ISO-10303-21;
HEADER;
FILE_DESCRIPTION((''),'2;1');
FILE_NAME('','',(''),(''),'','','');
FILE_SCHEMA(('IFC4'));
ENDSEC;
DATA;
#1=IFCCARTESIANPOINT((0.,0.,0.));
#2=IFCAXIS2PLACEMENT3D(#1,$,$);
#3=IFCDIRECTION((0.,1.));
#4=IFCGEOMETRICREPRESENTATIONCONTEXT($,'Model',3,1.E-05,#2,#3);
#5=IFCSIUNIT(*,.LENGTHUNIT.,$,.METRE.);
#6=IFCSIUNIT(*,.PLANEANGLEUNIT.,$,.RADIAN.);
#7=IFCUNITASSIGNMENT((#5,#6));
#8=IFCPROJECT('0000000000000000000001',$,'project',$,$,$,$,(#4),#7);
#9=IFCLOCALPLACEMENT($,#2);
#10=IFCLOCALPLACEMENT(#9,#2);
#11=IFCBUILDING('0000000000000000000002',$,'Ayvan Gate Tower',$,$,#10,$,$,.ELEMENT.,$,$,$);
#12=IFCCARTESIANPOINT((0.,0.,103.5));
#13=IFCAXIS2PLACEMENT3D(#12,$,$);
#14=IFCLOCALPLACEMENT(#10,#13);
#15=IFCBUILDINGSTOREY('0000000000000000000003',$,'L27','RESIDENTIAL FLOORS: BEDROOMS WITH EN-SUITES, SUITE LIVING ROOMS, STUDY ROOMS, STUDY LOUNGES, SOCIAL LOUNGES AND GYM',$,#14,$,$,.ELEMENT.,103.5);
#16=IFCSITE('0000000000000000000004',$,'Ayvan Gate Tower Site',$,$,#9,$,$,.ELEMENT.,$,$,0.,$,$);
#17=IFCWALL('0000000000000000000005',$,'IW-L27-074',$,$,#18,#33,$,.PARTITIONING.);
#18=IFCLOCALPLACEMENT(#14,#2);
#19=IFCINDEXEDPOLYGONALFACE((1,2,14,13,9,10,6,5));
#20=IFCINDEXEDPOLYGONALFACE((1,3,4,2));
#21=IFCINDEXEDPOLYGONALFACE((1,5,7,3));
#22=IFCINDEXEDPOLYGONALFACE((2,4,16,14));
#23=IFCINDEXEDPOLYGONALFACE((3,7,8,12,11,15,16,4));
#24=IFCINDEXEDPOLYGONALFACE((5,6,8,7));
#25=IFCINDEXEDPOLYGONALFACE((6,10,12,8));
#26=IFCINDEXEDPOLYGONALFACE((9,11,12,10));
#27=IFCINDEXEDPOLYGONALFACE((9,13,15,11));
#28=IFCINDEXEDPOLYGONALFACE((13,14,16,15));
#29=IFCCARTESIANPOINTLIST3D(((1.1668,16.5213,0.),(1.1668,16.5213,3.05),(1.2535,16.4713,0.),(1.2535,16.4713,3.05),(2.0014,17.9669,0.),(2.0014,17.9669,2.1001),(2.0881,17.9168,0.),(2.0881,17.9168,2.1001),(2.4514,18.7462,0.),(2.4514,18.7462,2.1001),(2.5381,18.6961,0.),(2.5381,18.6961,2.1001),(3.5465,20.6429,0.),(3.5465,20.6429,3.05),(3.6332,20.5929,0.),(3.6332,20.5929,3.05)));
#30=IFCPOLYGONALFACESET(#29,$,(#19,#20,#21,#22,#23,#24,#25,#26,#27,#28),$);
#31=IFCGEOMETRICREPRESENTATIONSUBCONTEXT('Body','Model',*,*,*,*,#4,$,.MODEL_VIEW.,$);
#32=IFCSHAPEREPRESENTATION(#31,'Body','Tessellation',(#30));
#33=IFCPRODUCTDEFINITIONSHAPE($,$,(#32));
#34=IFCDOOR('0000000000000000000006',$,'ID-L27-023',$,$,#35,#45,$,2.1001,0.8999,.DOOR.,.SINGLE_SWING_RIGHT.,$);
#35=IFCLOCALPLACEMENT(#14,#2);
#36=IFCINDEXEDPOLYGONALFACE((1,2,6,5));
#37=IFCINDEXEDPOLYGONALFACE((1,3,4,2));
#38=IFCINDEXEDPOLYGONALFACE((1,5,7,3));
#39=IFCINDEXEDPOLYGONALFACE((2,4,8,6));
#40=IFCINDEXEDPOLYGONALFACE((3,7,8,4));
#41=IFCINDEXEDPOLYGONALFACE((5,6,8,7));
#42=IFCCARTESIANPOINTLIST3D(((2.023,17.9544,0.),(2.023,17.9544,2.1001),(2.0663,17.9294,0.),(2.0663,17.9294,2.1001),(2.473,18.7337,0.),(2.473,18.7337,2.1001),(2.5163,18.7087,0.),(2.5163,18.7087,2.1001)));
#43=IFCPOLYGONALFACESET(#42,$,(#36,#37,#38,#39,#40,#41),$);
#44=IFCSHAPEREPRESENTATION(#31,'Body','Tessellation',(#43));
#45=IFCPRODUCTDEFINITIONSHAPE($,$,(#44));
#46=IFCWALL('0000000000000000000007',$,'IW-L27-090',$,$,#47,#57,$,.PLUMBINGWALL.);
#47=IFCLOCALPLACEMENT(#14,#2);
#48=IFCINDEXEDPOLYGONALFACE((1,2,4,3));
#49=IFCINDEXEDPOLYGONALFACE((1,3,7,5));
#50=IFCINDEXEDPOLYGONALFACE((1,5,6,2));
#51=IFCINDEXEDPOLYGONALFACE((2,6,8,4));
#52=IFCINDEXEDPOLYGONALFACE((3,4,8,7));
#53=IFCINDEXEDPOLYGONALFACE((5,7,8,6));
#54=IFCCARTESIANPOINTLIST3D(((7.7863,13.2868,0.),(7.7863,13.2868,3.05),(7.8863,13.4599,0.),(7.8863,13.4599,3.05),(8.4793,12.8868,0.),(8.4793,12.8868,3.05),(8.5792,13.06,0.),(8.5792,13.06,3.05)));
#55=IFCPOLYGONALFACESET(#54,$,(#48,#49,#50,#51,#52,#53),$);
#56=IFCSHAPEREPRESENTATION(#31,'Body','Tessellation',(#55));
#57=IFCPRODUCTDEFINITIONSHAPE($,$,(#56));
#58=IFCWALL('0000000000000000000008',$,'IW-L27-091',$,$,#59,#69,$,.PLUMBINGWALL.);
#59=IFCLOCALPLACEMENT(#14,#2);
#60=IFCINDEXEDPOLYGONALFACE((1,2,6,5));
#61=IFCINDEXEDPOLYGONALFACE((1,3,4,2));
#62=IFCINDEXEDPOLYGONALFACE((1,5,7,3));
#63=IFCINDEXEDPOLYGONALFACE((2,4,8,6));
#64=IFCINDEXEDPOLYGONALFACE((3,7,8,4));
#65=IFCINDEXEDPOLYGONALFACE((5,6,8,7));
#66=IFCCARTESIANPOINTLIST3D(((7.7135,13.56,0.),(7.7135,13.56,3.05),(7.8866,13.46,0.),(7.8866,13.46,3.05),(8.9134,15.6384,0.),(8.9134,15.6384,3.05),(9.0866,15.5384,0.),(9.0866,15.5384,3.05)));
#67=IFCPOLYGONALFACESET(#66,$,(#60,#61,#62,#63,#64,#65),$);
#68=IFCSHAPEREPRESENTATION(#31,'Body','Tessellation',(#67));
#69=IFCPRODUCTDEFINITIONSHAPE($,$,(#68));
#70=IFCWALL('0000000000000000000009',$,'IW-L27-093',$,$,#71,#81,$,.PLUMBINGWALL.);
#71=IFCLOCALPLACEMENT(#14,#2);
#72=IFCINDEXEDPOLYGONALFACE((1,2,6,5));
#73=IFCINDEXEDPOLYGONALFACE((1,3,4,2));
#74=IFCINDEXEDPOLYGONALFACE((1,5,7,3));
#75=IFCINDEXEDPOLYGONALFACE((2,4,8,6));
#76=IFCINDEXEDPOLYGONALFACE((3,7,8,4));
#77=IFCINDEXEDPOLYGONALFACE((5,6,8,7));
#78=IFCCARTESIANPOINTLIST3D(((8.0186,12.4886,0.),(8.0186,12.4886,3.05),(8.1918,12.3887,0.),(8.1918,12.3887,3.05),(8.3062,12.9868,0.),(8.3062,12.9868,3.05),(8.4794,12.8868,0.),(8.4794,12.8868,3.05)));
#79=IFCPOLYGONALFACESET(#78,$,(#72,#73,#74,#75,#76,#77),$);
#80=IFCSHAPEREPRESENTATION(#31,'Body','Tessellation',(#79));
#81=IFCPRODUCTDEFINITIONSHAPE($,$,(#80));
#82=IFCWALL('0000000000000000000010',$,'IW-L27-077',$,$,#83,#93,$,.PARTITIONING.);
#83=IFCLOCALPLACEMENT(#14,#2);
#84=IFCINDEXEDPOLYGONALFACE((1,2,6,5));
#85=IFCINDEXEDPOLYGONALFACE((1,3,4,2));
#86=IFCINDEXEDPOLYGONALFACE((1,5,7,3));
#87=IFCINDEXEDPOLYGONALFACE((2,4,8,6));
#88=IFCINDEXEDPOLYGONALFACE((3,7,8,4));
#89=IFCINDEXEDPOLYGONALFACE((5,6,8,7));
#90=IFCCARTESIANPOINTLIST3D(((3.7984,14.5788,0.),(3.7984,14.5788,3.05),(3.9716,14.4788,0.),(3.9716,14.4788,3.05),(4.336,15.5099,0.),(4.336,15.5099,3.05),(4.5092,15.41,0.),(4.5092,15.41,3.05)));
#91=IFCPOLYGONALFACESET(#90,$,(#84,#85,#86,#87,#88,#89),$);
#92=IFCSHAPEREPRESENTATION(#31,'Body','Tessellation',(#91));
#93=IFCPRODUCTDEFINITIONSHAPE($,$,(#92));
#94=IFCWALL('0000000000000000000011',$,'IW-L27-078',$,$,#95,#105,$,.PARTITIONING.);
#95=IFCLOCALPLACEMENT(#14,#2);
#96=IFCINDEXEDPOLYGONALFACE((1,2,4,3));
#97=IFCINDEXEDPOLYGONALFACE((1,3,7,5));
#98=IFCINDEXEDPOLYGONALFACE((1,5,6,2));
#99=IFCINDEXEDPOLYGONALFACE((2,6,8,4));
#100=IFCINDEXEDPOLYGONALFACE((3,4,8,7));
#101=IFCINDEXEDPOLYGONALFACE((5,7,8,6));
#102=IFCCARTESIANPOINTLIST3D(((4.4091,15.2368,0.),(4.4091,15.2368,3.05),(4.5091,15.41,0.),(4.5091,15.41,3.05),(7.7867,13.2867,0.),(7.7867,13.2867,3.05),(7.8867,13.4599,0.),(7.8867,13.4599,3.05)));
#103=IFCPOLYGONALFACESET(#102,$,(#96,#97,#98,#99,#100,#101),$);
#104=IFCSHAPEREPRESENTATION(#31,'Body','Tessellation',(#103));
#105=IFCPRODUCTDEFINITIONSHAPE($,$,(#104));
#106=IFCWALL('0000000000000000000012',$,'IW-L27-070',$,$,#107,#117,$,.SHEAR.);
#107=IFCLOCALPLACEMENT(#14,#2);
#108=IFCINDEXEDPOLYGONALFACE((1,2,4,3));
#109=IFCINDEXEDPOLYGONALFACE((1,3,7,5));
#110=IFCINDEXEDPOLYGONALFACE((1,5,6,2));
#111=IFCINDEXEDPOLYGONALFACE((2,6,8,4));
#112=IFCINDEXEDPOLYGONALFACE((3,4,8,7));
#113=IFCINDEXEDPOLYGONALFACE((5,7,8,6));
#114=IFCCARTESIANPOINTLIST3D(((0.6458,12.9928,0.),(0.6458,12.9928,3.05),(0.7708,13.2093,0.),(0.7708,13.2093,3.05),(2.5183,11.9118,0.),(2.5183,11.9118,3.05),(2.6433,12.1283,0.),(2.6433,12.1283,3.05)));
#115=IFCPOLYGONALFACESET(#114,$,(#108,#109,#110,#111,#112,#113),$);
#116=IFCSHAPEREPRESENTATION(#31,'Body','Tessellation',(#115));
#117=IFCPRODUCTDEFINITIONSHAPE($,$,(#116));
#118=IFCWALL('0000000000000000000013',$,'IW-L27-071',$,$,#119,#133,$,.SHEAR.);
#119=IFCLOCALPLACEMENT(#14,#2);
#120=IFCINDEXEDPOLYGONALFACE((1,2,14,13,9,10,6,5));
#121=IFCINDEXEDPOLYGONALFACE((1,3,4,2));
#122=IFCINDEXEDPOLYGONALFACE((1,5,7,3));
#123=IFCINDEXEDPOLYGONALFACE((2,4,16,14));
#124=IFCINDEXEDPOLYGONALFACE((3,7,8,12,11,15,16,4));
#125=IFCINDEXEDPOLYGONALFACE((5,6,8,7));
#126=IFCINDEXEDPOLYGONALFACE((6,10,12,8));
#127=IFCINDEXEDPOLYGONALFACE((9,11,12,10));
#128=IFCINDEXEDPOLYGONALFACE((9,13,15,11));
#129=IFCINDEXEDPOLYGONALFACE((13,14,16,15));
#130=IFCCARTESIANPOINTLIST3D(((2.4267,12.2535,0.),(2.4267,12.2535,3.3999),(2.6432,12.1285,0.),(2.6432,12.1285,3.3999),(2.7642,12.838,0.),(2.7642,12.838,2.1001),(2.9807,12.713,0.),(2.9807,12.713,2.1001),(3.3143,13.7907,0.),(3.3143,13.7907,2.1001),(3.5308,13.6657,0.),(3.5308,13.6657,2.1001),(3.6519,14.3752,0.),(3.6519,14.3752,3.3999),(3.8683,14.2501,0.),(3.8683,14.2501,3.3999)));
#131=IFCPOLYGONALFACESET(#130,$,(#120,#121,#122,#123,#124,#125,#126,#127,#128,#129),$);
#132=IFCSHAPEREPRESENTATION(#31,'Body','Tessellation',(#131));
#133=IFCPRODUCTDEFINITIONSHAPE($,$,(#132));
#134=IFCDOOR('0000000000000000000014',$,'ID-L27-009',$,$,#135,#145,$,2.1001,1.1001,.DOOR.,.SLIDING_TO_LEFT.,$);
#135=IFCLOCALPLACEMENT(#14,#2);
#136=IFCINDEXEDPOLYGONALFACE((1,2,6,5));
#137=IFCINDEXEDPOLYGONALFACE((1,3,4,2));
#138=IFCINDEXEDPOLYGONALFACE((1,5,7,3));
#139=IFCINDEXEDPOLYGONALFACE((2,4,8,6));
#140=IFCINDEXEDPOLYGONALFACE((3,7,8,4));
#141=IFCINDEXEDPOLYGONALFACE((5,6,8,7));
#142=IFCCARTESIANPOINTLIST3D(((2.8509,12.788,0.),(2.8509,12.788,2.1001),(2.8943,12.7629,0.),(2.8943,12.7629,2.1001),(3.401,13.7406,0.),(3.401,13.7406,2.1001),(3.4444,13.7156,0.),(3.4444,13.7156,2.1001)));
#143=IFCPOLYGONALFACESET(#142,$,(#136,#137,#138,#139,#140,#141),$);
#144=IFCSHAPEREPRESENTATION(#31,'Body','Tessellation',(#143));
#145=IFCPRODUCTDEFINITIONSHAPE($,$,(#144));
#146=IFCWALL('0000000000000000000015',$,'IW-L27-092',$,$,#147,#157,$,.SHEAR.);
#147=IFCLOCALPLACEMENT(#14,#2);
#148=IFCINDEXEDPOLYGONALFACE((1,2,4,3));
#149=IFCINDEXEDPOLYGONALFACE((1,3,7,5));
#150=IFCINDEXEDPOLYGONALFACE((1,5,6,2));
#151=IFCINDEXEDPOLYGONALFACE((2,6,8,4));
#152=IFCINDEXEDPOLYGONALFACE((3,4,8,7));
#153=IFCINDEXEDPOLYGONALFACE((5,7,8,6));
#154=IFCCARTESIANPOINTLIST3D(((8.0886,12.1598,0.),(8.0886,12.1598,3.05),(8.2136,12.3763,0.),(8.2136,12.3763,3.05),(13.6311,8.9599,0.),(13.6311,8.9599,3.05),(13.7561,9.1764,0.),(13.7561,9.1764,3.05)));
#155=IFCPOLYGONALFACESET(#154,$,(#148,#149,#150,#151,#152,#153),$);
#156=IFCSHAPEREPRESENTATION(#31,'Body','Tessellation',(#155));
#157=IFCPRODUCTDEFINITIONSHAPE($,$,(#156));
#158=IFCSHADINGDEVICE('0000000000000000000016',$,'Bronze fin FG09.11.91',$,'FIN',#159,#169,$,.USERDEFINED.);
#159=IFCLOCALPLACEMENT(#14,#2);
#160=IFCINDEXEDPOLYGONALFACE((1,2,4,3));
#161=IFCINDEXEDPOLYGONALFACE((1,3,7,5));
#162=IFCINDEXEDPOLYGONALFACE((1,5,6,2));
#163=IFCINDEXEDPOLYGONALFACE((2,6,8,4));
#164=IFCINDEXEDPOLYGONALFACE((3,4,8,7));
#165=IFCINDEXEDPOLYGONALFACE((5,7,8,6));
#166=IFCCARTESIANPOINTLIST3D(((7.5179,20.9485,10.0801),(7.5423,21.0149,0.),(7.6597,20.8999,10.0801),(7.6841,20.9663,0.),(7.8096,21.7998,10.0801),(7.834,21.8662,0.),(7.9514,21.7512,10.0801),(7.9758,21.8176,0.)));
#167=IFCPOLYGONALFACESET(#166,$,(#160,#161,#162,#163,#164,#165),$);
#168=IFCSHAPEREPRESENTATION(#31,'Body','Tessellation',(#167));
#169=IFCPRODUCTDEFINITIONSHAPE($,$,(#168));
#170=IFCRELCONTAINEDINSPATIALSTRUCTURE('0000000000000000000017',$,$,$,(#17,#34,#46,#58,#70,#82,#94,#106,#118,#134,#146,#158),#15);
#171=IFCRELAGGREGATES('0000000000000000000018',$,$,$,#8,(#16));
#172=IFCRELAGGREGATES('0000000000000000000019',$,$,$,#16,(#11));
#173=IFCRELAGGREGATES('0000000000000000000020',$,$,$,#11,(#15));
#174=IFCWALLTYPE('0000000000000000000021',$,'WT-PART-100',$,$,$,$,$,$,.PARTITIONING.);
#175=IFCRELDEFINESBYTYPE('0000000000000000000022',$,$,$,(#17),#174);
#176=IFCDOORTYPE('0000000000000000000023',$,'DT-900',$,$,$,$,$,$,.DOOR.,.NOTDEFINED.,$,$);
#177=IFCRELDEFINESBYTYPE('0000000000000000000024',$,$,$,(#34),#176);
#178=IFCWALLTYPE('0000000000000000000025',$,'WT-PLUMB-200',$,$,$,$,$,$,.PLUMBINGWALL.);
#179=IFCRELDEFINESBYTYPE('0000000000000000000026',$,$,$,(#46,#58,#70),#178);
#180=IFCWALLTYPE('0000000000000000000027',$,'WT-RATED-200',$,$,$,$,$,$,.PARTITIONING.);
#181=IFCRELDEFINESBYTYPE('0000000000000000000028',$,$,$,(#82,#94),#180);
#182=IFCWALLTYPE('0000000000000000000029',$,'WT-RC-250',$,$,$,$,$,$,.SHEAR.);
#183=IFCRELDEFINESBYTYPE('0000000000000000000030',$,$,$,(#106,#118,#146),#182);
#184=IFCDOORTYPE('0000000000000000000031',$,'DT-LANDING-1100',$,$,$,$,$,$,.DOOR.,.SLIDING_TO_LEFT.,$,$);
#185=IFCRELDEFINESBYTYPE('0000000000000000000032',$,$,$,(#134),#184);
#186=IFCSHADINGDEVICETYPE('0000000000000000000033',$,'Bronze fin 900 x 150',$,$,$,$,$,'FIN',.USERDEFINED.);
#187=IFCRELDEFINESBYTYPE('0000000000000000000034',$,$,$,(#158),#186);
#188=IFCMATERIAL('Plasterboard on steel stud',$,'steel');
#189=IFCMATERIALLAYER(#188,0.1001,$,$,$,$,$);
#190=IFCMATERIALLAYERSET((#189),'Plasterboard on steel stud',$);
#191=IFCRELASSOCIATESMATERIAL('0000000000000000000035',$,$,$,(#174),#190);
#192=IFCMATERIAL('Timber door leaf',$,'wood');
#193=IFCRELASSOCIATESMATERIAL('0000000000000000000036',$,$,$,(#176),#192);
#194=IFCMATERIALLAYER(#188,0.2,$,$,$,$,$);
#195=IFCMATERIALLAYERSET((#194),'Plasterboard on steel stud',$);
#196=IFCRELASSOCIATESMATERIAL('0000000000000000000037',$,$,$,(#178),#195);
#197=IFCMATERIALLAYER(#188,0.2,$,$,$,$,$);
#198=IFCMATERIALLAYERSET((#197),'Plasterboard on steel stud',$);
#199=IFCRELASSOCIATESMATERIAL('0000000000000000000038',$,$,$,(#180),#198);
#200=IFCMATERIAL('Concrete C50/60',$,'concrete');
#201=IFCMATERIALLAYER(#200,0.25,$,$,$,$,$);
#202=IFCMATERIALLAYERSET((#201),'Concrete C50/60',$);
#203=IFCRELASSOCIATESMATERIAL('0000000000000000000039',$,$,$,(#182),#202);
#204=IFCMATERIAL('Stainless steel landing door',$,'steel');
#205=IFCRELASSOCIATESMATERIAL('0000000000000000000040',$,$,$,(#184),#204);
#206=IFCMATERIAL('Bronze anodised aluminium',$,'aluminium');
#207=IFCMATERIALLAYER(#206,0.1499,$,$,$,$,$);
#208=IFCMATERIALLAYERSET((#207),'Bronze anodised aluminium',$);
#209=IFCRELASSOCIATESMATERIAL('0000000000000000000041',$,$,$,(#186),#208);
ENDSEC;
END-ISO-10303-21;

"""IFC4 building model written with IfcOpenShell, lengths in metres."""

from ifc_helpers import new_model, si_unit, direction, frame, frame_2d, origin, place, context, subcontext, project, spatial, polyline, rectangle, outline, extrude, material, layer, layer_set, type_object, element, fill, save


model = new_model("IFC4")

# Units and contexts
model_context = context("Model", 3, precision=1e-05, world=origin(), true_north=direction((0.0, 1.0)))
body_context = subcontext(model_context, "Body", "Model", "MODEL_VIEW")
ifc_project = project(units=[si_unit("LENGTHUNIT", "METRE"), si_unit("PLANEANGLEUNIT", "RADIAN")], contexts=[model_context])

# Site, building, storey
site_placement = place(None, origin())
site = spatial("IfcSite", under=ifc_project, at=site_placement, Name="Ayvan Gate Tower Site", CompositionType="ELEMENT", RefElevation=0.0)
building_placement = place(site_placement, origin())
building = spatial("IfcBuilding", under=site, at=building_placement, Name="Ayvan Gate Tower", CompositionType="ELEMENT")
storey_placement = place(building_placement, frame((0.0, 0.0, 103.5)))
storey = spatial("IfcBuildingStorey", under=building, at=storey_placement, Name="L27", Description="RESIDENTIAL FLOORS: BEDROOMS WITH EN-SUITES, SUITE LIVING ROOMS, STUDY ROOMS, STUDY LOUNGES, SOCIAL LOUNGES AND GYM", CompositionType="ELEMENT", Elevation=103.5)

# Shared definitions
ifc_material_1 = material(Name="Bronze anodised aluminium", Category="aluminium")

# Shared definitions
ifc_material_2 = material(Name="Plasterboard on steel stud", Category="steel")

# Wall, opening, door
ifc_layer_1 = layer(ifc_material_2, 0.1001)
ifc_layer_set_1 = layer_set([ifc_layer_1], Name="Plasterboard on steel stud")
wall_type_1 = type_object("IfcWallType", Name="WT-PART-100", PredefinedType="PARTITIONING", material=ifc_layer_set_1)
wall_1_placement = place(storey_placement, frame((3.5898, 20.6179, 0.0), z_axis=(0.0, 0.0, 1.0), x_axis=(-0.500007, -0.866022, 0.0)))
wall_1 = element("IfcWall", 1, at=wall_1_placement, inside=storey, type_object=wall_type_1, Name="IW-L27-074", PredefinedType="PARTITIONING", context=body_context, shape_type="SweptSolid", body=[
    extrude(rectangle(XDim=4.7593, YDim=0.1001, at=frame_2d((2.3796, 0.0))), origin(), (0.0, 0.0, 1.0), 3.05),
])
opening_1_placement = place(wall_1_placement, frame((2.1902, 0.0, 0.0)))
opening_1 = element("IfcOpeningElement", 2, at=opening_1_placement, cuts=wall_1, PredefinedType="OPENING", context=body_context, shape_type="SweptSolid", body=[
    extrude(rectangle(XDim=0.8999, YDim=2.1001, at=frame_2d((0.45, 1.05))), frame((0.0, 0.0601, 0.0), z_axis=(0.0, -1.0, 0.0), x_axis=(1.0, 0.0, 0.0)), (0.0, 0.0, 1.0), 0.1201),
])
ifc_material_3 = material(Name="Timber door leaf", Category="wood")
door_type_1 = type_object("IfcDoorType", Name="DT-900", OperationType="NOTDEFINED", PredefinedType="DOOR", material=ifc_material_3)
door_1_placement = place(opening_1_placement, origin())
door_1 = element("IfcDoor", 3, at=door_1_placement, inside=storey, type_object=door_type_1, Name="ID-L27-023", OperationType="SINGLE_SWING_RIGHT", OverallHeight=2.1001, OverallWidth=0.8999, PredefinedType="DOOR", context=body_context, shape_type="SweptSolid", body=[
    extrude(rectangle(XDim=0.8999, YDim=2.1001, at=frame_2d((0.45, 1.05))), frame((0.0, 0.0249, 0.0), z_axis=(0.0, -1.0, 0.0), x_axis=(1.0, 0.0, 0.0)), (0.0, 0.0, 1.0), 0.05),
])
fill(opening_1, door_1)

# Walls
ifc_layer_2 = layer(ifc_material_2, 0.2)
ifc_layer_set_2 = layer_set([ifc_layer_2], Name="Plasterboard on steel stud")
wall_type_2 = type_object("IfcWallType", Name="WT-PLUMB-200", PredefinedType="PLUMBINGWALL", material=ifc_layer_set_2)
wall_2_placement = place(storey_placement, frame((7.8364, 13.3733, 0.0), z_axis=(0.0, 0.0, 1.0), x_axis=(0.866094, -0.499881, 0.0)))
element("IfcWall", 4, at=wall_2_placement, inside=storey, type_object=wall_type_2, Name="IW-L27-090", PredefinedType="PLUMBINGWALL", context=body_context, shape_type="SweptSolid", body=[
    extrude(rectangle(XDim=0.8, YDim=0.2, at=frame_2d((0.3999, 0.0))), origin(), (0.0, 0.0, 1.0), 3.05),
])
wall_3_placement = place(storey_placement, frame((7.8, 13.51, 0.0), z_axis=(0.0, 0.0, 1.0), x_axis=(0.500001, 0.866025, 0.0)))
element("IfcWall", 5, at=wall_3_placement, inside=storey, type_object=wall_type_2, Name="IW-L27-091", PredefinedType="PLUMBINGWALL", context=body_context, shape_type="SweptSolid", body=[
    extrude(rectangle(XDim=2.3999, YDim=0.2, at=frame_2d((1.2, 0.0))), origin(), (0.0, 0.0, 1.0), 3.05),
])
wall_4_placement = place(storey_placement, frame((8.3928, 12.9368, 0.0), z_axis=(0.0, 0.0, 1.0), x_axis=(-0.500065, -0.865988, 0.0)))
element("IfcWall", 6, at=wall_4_placement, inside=storey, type_object=wall_type_2, Name="IW-L27-093", PredefinedType="PLUMBINGWALL", context=body_context, shape_type="SweptSolid", body=[
    extrude(rectangle(XDim=0.5752, YDim=0.2, at=frame_2d((0.2876, 0.0))), origin(), (0.0, 0.0, 1.0), 3.05),
])
ifc_layer_3 = layer(ifc_material_2, 0.2)
ifc_layer_set_3 = layer_set([ifc_layer_3], Name="Plasterboard on steel stud")
wall_type_3 = type_object("IfcWallType", Name="WT-RATED-200", PredefinedType="PARTITIONING", material=ifc_layer_set_3)
wall_5_placement = place(storey_placement, frame((3.885, 14.5288, 0.0), z_axis=(0.0, 0.0, 1.0), x_axis=(0.499998, 0.866027, 0.0)))
element("IfcWall", 7, at=wall_5_placement, inside=storey, type_object=wall_type_3, Name="IW-L27-077", PredefinedType="PARTITIONING", context=body_context, shape_type="SweptSolid", body=[
    extrude(rectangle(XDim=1.0752, YDim=0.2, at=frame_2d((0.5376, 0.0))), origin(), (0.0, 0.0, 1.0), 3.05),
])
wall_6_placement = place(storey_placement, frame((4.459, 15.3235, 0.0), z_axis=(0.0, 0.0, 1.0), x_axis=(0.866016, -0.500017, 0.0)))
element("IfcWall", 8, at=wall_6_placement, inside=storey, type_object=wall_type_3, Name="IW-L27-078", PredefinedType="PARTITIONING", context=body_context, shape_type="SweptSolid", body=[
    extrude(rectangle(XDim=3.9001, YDim=0.2, at=frame_2d((1.9502, 0.0))), origin(), (0.0, 0.0, 1.0), 3.05),
])
ifc_material_4 = material(Name="Concrete C50/60", Category="concrete")
ifc_layer_4 = layer(ifc_material_4, 0.25)
ifc_layer_set_4 = layer_set([ifc_layer_4], Name="Concrete C50/60")
wall_type_4 = type_object("IfcWallType", Name="WT-RC-250", PredefinedType="SHEAR", material=ifc_layer_set_4)
wall_7_placement = place(storey_placement, frame((2.5808, 12.02, 0.0), z_axis=(0.0, 0.0, 1.0), x_axis=(-0.866039, 0.499977, 0.0)))
element("IfcWall", 9, at=wall_7_placement, inside=storey, type_object=wall_type_4, Name="IW-L27-070", PredefinedType="SHEAR", context=body_context, shape_type="SweptSolid", body=[
    extrude(rectangle(XDim=2.1621, YDim=0.25, at=frame_2d((1.0811, 0.0))), origin(), (0.0, 0.0, 1.0), 3.05),
])

# Wall, opening, door
wall_8_placement = place(storey_placement, frame((2.5349, 12.1909, 0.0), z_axis=(0.0, 0.0, 1.0), x_axis=(0.500062, 0.86599, 0.0)))
wall_8 = element("IfcWall", 10, at=wall_8_placement, inside=storey, type_object=wall_type_4, Name="IW-L27-071", PredefinedType="SHEAR", context=body_context, shape_type="SweptSolid", body=[
    extrude(rectangle(XDim=2.45, YDim=0.25, at=frame_2d((1.2251, 0.0))), origin(), (0.0, 0.0, 1.0), 3.3999),
])
opening_2_placement = place(wall_8_placement, frame((0.675, 0.0, 0.0)))
opening_2 = element("IfcOpeningElement", 11, at=opening_2_placement, cuts=wall_8, PredefinedType="OPENING", context=body_context, shape_type="SweptSolid", body=[
    extrude(rectangle(XDim=1.1001, YDim=2.1001, at=frame_2d((0.55, 1.05))), frame((0.0, 0.135, 0.0), z_axis=(0.0, -1.0, 0.0), x_axis=(1.0, 0.0, 0.0)), (0.0, 0.0, 1.0), 0.27),
])
ifc_material_5 = material(Name="Stainless steel landing door", Category="steel")
door_type_2 = type_object("IfcDoorType", Name="DT-LANDING-1100", OperationType="SLIDING_TO_LEFT", PredefinedType="DOOR", material=ifc_material_5)
door_2_placement = place(opening_2_placement, origin())
door_2 = element("IfcDoor", 12, at=door_2_placement, inside=storey, type_object=door_type_2, Name="ID-L27-009", OperationType="SLIDING_TO_LEFT", OverallHeight=2.1001, OverallWidth=1.1001, PredefinedType="DOOR", context=body_context, shape_type="SweptSolid", body=[
    extrude(rectangle(XDim=1.1001, YDim=2.1001, at=frame_2d((0.55, 1.05))), frame((0.0, 0.0249, 0.0), z_axis=(0.0, -1.0, 0.0), x_axis=(1.0, 0.0, 0.0)), (0.0, 0.0, 1.0), 0.05),
])
fill(opening_2, door_2)

# Wall
wall_9_placement = place(storey_placement, frame((8.1511, 12.2681, 0.0), z_axis=(0.0, 0.0, 1.0), x_axis=(0.866025, -0.5, 0.0)))
element("IfcWall", 13, at=wall_9_placement, inside=storey, type_object=wall_type_4, Name="IW-L27-092", PredefinedType="SHEAR", context=body_context, shape_type="SweptSolid", body=[
    extrude(rectangle(XDim=6.3999, YDim=0.25, at=frame_2d((3.2, 0.0))), origin(), (0.0, 0.0, 1.0), 3.05),
])

# Shading device
ifc_layer_5 = layer(ifc_material_1, 0.1499)
ifc_layer_set_5 = layer_set([ifc_layer_5], Name="Bronze anodised aluminium")
shading_device_type = type_object("IfcShadingDeviceType", Name="Bronze fin 900 x 150", ElementType="FIN", PredefinedType="USERDEFINED", material=ifc_layer_set_5)
shading_device_1_placement = place(storey_placement, frame((7.6841, 20.9663, 0.0), z_axis=(0.945991, -0.324193, 0.000155), x_axis=(0.324193, 0.945991, 0.0)))
element("IfcShadingDevice", 14, at=shading_device_1_placement, inside=storey, type_object=shading_device_type, Name="Bronze fin FG09.11.91", ObjectType="FIN", PredefinedType="USERDEFINED", context=body_context, shape_type="SweptSolid", body=[
    extrude(outline(polyline([(0.0, 0.0), (0.8999, 0.0), (0.8292, 10.0801), (-0.0707, 10.0801), (0.0, 0.0)])), origin(), (0.0, 0.0, -1.0), 0.1499),
])

save(model, "model.ifc")
